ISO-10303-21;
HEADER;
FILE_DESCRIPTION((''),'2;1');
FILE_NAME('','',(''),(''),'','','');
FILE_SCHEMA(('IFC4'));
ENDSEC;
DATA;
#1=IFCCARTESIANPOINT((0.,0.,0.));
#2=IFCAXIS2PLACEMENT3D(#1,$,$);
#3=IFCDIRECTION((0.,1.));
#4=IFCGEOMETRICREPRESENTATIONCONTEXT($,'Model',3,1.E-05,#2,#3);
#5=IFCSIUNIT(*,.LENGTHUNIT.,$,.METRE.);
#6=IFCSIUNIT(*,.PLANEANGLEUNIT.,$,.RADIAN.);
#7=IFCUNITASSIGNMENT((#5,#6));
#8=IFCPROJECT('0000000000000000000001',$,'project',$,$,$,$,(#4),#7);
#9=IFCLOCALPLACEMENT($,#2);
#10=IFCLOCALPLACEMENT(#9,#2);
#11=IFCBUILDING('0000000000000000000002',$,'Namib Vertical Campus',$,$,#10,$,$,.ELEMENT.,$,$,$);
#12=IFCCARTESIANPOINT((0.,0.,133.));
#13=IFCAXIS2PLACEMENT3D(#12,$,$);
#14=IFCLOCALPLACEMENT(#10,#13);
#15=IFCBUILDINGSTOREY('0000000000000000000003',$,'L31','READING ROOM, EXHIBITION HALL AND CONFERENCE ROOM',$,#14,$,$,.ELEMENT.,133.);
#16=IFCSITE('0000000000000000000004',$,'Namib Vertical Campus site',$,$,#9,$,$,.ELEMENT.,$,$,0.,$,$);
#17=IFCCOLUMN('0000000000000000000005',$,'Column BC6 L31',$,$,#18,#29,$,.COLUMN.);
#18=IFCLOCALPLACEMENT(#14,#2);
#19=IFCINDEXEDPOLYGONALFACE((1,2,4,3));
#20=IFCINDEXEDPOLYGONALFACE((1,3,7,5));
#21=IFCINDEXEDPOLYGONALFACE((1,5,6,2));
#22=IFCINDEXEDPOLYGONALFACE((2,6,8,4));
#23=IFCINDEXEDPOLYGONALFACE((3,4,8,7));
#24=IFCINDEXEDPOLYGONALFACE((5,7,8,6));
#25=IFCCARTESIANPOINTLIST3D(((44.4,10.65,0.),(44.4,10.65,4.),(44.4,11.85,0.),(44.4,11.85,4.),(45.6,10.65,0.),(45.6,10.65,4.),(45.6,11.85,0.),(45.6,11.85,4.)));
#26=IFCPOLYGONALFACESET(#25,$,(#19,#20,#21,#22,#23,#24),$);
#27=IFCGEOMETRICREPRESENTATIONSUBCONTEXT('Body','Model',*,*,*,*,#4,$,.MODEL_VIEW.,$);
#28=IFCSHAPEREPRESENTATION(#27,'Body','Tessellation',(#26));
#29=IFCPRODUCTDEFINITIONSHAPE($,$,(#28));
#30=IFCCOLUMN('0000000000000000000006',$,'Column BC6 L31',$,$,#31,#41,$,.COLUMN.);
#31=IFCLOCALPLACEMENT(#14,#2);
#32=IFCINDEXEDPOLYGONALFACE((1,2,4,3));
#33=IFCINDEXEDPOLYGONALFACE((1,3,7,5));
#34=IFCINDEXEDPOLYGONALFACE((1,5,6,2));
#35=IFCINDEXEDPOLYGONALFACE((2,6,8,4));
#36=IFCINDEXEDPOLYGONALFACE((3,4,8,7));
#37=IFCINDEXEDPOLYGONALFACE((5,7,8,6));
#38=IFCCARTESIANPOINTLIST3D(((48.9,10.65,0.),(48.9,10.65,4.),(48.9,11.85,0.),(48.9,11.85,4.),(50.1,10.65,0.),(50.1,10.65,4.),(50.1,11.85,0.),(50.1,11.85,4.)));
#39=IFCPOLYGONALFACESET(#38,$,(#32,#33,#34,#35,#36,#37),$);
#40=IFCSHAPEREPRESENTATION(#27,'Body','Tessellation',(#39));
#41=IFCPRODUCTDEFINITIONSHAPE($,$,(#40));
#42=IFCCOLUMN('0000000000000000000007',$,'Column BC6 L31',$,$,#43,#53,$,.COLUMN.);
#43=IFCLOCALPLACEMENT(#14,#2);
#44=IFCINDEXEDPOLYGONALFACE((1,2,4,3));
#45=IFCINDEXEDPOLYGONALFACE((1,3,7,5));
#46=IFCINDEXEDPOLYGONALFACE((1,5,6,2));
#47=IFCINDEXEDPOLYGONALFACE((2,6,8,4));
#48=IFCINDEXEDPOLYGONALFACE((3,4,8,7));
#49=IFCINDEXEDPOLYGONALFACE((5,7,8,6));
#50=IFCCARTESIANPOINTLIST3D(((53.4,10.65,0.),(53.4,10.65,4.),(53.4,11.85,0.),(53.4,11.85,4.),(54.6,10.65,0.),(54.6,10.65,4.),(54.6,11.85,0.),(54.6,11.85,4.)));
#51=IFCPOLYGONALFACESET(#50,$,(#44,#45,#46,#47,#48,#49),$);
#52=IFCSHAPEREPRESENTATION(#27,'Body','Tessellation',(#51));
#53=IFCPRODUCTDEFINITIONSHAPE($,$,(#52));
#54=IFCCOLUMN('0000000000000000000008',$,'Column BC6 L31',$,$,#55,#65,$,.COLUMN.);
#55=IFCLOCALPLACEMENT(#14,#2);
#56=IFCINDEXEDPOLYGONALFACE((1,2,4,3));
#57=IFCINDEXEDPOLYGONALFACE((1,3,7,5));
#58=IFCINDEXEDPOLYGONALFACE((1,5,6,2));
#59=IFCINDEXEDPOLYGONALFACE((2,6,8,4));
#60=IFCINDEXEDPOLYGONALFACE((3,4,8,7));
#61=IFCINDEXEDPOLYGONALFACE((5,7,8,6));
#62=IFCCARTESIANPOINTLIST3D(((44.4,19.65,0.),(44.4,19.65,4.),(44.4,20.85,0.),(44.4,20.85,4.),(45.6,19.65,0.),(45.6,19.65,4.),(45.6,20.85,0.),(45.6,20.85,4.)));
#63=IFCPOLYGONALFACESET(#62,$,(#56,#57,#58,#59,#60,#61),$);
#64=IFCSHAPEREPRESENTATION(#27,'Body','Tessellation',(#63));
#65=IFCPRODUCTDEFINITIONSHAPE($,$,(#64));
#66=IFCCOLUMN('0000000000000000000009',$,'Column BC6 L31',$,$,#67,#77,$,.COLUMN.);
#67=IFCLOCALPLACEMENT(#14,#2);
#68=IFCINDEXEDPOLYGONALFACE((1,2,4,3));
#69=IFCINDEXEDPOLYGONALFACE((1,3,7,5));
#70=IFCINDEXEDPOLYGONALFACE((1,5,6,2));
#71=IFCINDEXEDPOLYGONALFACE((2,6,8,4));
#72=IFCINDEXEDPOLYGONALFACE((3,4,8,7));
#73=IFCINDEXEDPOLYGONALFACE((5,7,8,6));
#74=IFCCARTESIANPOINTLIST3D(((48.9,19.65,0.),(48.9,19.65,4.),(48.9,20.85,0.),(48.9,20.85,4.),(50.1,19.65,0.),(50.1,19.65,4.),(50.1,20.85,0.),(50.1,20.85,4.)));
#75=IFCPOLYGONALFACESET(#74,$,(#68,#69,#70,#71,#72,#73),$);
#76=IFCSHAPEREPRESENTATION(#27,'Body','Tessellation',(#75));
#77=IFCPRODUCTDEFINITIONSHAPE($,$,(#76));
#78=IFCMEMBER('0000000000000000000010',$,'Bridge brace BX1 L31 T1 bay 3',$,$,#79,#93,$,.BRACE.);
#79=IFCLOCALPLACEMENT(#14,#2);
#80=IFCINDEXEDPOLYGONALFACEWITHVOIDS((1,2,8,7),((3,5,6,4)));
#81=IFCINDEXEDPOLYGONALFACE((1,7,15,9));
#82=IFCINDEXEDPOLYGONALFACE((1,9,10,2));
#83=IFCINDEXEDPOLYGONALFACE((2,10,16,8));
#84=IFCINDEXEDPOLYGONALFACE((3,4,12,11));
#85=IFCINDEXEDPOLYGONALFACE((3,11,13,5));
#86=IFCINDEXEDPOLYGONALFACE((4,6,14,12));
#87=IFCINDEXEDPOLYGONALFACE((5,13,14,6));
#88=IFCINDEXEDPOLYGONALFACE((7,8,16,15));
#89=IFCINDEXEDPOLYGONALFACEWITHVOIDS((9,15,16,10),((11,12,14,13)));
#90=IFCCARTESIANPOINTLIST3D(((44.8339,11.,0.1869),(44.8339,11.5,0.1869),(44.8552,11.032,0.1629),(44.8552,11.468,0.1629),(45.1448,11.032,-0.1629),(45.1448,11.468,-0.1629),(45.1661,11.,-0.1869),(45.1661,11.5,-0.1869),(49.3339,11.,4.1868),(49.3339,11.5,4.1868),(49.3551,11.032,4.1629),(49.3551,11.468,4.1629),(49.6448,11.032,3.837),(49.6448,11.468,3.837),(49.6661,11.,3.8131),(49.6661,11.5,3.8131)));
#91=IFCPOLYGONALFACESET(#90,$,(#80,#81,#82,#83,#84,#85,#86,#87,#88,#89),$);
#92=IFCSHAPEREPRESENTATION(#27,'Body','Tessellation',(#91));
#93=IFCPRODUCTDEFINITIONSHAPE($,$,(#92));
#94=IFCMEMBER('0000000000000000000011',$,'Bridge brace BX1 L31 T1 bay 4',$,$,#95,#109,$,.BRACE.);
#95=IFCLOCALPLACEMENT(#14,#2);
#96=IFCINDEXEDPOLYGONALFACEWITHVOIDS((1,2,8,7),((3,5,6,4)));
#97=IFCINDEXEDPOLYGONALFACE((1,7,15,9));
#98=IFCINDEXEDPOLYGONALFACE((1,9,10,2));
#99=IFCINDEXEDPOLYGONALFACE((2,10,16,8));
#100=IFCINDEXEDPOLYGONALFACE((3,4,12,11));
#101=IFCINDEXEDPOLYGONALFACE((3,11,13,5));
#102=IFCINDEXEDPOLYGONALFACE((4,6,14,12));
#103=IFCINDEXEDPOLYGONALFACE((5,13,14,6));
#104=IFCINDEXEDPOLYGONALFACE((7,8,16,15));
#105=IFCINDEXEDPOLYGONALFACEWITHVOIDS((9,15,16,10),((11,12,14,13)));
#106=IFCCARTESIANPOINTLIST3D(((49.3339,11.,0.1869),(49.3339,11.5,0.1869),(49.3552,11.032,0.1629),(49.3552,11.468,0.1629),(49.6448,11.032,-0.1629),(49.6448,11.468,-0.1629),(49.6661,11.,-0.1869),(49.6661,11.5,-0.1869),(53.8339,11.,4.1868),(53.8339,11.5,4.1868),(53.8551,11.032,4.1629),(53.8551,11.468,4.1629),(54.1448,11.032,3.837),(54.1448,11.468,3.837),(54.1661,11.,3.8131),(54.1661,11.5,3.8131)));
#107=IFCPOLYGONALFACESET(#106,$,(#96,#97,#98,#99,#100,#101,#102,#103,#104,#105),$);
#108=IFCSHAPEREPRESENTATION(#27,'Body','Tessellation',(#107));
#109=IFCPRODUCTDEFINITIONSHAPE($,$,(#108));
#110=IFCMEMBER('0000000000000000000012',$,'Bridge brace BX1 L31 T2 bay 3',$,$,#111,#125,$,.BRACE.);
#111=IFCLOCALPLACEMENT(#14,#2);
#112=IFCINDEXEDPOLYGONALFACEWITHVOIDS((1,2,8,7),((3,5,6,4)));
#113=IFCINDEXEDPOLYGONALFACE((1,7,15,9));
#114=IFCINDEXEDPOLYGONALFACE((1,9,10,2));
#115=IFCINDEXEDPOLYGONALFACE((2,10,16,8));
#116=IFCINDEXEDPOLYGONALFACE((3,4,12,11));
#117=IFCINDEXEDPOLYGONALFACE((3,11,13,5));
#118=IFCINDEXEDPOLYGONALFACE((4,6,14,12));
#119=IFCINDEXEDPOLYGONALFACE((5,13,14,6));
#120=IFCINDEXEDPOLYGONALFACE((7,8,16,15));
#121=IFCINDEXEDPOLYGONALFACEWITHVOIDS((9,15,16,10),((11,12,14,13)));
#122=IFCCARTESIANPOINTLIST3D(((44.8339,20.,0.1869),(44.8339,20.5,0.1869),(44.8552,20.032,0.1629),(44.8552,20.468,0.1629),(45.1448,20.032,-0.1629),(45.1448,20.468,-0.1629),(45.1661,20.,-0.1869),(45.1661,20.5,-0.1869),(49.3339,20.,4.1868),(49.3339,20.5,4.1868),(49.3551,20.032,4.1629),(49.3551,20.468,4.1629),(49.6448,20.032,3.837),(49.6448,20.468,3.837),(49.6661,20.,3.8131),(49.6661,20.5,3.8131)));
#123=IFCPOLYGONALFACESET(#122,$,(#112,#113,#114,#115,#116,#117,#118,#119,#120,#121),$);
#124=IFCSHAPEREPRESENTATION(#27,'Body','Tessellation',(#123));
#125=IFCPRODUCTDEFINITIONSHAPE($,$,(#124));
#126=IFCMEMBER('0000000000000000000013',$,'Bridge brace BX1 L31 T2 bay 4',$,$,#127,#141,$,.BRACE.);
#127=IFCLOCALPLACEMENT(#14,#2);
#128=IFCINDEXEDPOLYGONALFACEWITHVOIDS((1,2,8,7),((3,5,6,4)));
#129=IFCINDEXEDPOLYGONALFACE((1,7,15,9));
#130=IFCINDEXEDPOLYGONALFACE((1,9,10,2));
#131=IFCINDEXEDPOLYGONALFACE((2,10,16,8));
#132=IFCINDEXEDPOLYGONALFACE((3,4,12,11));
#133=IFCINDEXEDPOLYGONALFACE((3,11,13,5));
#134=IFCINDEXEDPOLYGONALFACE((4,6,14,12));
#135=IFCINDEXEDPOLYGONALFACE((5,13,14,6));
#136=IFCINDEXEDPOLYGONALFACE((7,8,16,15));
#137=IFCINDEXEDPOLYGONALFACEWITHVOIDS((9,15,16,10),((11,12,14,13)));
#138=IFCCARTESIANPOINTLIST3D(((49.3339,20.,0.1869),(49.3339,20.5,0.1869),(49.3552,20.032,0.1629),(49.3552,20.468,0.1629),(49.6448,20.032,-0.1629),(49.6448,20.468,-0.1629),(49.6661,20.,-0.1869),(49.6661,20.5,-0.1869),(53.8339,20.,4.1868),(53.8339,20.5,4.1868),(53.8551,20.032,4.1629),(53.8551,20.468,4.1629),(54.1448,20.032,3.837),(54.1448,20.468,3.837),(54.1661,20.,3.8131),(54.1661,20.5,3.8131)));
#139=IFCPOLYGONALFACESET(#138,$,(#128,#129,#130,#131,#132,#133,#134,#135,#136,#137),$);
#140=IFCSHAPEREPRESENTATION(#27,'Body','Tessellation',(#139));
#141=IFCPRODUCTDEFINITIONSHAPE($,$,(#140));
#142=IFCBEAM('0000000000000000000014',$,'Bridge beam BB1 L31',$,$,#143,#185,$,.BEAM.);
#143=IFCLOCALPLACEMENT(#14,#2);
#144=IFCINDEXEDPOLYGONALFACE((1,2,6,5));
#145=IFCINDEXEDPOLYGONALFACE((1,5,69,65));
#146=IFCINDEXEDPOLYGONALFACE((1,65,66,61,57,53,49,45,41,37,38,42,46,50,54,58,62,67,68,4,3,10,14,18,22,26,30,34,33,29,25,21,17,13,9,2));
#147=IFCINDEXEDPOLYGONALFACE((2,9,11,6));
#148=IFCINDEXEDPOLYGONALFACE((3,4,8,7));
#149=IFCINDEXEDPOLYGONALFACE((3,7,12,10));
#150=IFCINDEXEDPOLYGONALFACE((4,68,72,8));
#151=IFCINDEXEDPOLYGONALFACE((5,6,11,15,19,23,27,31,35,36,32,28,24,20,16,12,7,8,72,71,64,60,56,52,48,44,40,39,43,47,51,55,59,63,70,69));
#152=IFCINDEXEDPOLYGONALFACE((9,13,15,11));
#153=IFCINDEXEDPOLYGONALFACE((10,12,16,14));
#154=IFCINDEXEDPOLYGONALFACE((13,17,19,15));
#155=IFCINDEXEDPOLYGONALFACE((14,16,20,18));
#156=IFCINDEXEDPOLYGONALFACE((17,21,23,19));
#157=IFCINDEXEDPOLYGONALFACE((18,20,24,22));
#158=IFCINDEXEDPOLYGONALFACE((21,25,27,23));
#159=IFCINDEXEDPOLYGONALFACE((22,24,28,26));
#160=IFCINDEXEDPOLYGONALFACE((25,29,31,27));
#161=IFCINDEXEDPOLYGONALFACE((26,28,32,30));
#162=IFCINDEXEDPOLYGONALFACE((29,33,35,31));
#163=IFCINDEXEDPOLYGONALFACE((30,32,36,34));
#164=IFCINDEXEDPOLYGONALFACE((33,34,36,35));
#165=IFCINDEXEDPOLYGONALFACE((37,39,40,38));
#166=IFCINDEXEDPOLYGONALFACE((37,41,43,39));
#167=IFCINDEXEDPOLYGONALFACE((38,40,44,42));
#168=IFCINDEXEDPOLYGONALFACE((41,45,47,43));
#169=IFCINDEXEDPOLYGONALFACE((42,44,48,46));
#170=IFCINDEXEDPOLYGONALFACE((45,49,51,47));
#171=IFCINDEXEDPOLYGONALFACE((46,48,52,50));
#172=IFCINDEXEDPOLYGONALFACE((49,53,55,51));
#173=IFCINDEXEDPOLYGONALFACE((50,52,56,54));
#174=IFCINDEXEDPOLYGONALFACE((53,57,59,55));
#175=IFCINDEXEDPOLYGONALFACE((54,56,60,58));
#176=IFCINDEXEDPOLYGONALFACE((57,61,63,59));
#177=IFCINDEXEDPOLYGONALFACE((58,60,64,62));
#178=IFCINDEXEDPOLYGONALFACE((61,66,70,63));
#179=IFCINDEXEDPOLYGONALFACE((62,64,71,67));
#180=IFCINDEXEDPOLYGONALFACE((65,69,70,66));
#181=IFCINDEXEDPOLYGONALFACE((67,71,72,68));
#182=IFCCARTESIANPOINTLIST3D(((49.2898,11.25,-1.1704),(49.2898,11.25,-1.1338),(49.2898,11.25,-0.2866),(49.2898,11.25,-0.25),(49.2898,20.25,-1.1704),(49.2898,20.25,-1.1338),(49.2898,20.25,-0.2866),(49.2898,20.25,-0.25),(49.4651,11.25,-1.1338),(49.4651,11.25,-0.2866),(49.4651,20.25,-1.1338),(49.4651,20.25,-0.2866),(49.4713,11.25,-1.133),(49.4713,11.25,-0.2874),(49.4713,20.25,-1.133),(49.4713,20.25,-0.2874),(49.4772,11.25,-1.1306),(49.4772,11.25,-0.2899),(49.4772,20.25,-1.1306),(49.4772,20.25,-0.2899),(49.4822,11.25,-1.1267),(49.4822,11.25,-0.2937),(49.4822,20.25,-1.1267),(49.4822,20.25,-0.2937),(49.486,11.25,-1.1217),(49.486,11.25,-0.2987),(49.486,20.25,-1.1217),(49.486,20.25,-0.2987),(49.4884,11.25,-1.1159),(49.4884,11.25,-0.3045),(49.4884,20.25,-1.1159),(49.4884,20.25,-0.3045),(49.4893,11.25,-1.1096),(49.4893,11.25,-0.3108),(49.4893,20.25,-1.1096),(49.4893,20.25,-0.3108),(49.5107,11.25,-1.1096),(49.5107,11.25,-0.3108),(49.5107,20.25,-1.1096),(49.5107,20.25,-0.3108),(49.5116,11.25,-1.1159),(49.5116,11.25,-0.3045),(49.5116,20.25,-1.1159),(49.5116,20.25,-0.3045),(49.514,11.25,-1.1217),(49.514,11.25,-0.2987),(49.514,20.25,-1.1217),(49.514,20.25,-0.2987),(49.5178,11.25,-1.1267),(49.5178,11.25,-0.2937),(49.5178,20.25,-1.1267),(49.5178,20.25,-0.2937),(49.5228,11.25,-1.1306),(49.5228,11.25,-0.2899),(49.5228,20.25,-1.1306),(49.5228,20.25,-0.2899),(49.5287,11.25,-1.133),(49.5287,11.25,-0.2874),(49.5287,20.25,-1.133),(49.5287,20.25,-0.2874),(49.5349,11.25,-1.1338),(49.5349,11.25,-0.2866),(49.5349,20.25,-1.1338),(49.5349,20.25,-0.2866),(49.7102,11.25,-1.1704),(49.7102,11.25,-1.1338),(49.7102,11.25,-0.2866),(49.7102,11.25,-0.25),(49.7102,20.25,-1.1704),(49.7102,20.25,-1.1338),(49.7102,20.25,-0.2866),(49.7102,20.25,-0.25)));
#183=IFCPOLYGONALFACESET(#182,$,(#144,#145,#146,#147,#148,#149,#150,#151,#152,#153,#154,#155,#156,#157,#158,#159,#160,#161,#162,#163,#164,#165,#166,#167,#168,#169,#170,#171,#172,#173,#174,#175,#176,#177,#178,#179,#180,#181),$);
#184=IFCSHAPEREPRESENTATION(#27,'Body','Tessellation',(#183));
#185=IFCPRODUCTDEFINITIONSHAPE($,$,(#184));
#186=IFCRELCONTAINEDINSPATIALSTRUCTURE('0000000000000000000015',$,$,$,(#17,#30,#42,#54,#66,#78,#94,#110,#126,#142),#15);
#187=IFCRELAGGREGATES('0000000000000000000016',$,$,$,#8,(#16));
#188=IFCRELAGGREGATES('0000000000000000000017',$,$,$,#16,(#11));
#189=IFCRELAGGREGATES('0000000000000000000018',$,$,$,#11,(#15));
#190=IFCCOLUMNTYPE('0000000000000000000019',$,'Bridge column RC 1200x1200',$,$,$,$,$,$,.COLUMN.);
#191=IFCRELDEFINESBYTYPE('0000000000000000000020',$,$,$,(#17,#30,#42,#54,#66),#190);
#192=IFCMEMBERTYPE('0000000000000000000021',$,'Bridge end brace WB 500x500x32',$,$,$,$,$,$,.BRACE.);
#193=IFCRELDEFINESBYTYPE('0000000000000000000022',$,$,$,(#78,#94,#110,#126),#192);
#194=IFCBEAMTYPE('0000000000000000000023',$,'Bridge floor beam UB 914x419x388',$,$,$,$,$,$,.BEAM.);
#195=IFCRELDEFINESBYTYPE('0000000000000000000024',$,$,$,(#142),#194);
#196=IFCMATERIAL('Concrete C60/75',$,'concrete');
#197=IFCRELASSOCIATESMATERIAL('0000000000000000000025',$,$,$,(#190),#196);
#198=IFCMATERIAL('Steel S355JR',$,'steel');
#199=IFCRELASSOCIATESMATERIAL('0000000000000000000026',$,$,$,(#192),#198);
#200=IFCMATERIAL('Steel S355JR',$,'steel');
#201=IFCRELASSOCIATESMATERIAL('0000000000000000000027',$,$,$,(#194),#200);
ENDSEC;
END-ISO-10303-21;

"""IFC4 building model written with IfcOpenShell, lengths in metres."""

from ifc_helpers import new_model, si_unit, direction, frame, origin, origin_2d, place, context, subcontext, project, spatial, rectangle, hollow_rectangle, i_section, extrude, material, material_profile, profile_set, type_object, element, save


model = new_model("IFC4")

# Units and contexts
model_context = context("Model", 3, precision=1e-05, world=origin(), true_north=direction((0.0, 1.0)))
body_context = subcontext(model_context, "Body", "Model", "MODEL_VIEW")
ifc_project = project(units=[si_unit("LENGTHUNIT", "METRE"), si_unit("PLANEANGLEUNIT", "RADIAN")], contexts=[model_context])

# Site, building, storey
site_placement = place(None, origin())
site = spatial("IfcSite", under=ifc_project, at=site_placement, Name="Namib Vertical Campus site", CompositionType="ELEMENT", RefElevation=0.0)
building_placement = place(site_placement, origin())
building = spatial("IfcBuilding", under=site, at=building_placement, Name="Namib Vertical Campus", CompositionType="ELEMENT")
storey_placement = place(building_placement, frame((0.0, 0.0, 133.0)))
storey = spatial("IfcBuildingStorey", under=building, at=storey_placement, Name="L31", Description="READING ROOM, EXHIBITION HALL AND CONFERENCE ROOM", CompositionType="ELEMENT", Elevation=133.0)

# Columns
ifc_material_1 = material(Name="Concrete C60/75", Category="concrete")
ifc_material_profile_1 = material_profile(ifc_material_1, rectangle(XDim=1.2, YDim=1.2, at=origin_2d()))
ifc_profile_set_1 = profile_set([ifc_material_profile_1], Name="Concrete C60/75")
column_type = type_object("IfcColumnType", Name="Bridge column RC 1200x1200", PredefinedType="COLUMN", material=ifc_profile_set_1)
for number, where, z_axis, x_axis, name in (
    (1, (45.0, 11.25, 0.0), (0.0, 0.0, 1.0), (1.0, 0.0, 0.0), "Column BC6 L31"),
    (2, (49.5, 11.25, 0.0), (0.0, 0.0, 1.0), (1.0, 0.0, 0.0), "Column BC6 L31"),
    (3, (54.0, 11.25, 0.0), (0.0, 0.0, 1.0), (1.0, 0.0, 0.0), "Column BC6 L31"),
    (4, (45.0, 20.25, 0.0), (0.0, 0.0, 1.0), (1.0, 0.0, 0.0), "Column BC6 L31"),
    (5, (49.5, 20.25, 0.0), (0.0, 0.0, 1.0), (1.0, 0.0, 0.0), "Column BC6 L31"),
):
    element("IfcColumn", number, at=place(storey_placement, frame(where, z_axis=z_axis, x_axis=x_axis)), inside=storey, type_object=column_type, Name=name, PredefinedType="COLUMN", context=body_context, shape_type="SweptSolid", body=[
        extrude(rectangle(XDim=1.2, YDim=1.2, at=origin_2d()), origin(), (0.0, 0.0, 1.0), 4.0),
    ])

# Members
ifc_material_2 = material(Name="Steel S355JR", Category="steel")
ifc_material_profile_2 = material_profile(ifc_material_2, hollow_rectangle(XDim=0.5, YDim=0.5, WallThickness=0.032, at=origin_2d()))
ifc_profile_set_2 = profile_set([ifc_material_profile_2], Name="Steel S355JR")
member_type_1 = type_object("IfcMemberType", Name="Bridge end brace WB 500x500x32", PredefinedType="BRACE", material=ifc_profile_set_2)
for number, where, z_axis, x_axis, name in (
    (6, (45.0, 11.25, 0.0), (0.747409, 0.0, 0.664364), (0.0, 1.0, 0.0), "Bridge brace BX1 L31 T1 bay 3"),
    (7, (49.5, 11.25, 0.0), (0.747409, 0.0, 0.664364), (0.0, 1.0, 0.0), "Bridge brace BX1 L31 T1 bay 4"),
    (8, (45.0, 20.25, 0.0), (0.747409, 0.0, 0.664364), (0.0, 1.0, 0.0), "Bridge brace BX1 L31 T2 bay 3"),
    (9, (49.5, 20.25, 0.0), (0.747409, 0.0, 0.664364), (0.0, 1.0, 0.0), "Bridge brace BX1 L31 T2 bay 4"),
):
    element("IfcMember", number, at=place(storey_placement, frame(where, z_axis=z_axis, x_axis=x_axis)), inside=storey, type_object=member_type_1, Name=name, PredefinedType="BRACE", context=body_context, shape_type="SweptSolid", body=[
        extrude(hollow_rectangle(XDim=0.5, YDim=0.5, WallThickness=0.032, at=origin_2d()), origin(), (0.0, 0.0, 1.0), 6.0208),
    ])

# Beam
ifc_material_3 = material(Name="Steel S355JR", Category="steel")
ifc_material_profile_3 = material_profile(ifc_material_3, i_section(OverallWidth=0.4204, OverallDepth=0.9204, WebThickness=0.0215, FlangeThickness=0.0366, FilletRadius=0.0242, at=origin_2d()))
ifc_profile_set_3 = profile_set([ifc_material_profile_3], Name="Steel S355JR")
beam_type_1 = type_object("IfcBeamType", Name="Bridge floor beam UB 914x419x388", PredefinedType="BEAM", material=ifc_profile_set_3)
for number, where, z_axis, x_axis, name in (
    (10, (49.5, 11.25, -0.7102), (0.0, 1.0, 0.0), (-1.0, 0.0, 0.0), "Bridge beam BB1 L31"),
):
    element("IfcBeam", number, at=place(storey_placement, frame(where, z_axis=z_axis, x_axis=x_axis)), inside=storey, type_object=beam_type_1, Name=name, PredefinedType="BEAM", context=body_context, shape_type="SweptSolid", body=[
        extrude(i_section(OverallWidth=0.4204, OverallDepth=0.9204, WebThickness=0.0215, FlangeThickness=0.0366, FilletRadius=0.0242, at=origin_2d()), origin(), (0.0, 0.0, 1.0), 9.0),
    ])

save(model, "model.ifc")
